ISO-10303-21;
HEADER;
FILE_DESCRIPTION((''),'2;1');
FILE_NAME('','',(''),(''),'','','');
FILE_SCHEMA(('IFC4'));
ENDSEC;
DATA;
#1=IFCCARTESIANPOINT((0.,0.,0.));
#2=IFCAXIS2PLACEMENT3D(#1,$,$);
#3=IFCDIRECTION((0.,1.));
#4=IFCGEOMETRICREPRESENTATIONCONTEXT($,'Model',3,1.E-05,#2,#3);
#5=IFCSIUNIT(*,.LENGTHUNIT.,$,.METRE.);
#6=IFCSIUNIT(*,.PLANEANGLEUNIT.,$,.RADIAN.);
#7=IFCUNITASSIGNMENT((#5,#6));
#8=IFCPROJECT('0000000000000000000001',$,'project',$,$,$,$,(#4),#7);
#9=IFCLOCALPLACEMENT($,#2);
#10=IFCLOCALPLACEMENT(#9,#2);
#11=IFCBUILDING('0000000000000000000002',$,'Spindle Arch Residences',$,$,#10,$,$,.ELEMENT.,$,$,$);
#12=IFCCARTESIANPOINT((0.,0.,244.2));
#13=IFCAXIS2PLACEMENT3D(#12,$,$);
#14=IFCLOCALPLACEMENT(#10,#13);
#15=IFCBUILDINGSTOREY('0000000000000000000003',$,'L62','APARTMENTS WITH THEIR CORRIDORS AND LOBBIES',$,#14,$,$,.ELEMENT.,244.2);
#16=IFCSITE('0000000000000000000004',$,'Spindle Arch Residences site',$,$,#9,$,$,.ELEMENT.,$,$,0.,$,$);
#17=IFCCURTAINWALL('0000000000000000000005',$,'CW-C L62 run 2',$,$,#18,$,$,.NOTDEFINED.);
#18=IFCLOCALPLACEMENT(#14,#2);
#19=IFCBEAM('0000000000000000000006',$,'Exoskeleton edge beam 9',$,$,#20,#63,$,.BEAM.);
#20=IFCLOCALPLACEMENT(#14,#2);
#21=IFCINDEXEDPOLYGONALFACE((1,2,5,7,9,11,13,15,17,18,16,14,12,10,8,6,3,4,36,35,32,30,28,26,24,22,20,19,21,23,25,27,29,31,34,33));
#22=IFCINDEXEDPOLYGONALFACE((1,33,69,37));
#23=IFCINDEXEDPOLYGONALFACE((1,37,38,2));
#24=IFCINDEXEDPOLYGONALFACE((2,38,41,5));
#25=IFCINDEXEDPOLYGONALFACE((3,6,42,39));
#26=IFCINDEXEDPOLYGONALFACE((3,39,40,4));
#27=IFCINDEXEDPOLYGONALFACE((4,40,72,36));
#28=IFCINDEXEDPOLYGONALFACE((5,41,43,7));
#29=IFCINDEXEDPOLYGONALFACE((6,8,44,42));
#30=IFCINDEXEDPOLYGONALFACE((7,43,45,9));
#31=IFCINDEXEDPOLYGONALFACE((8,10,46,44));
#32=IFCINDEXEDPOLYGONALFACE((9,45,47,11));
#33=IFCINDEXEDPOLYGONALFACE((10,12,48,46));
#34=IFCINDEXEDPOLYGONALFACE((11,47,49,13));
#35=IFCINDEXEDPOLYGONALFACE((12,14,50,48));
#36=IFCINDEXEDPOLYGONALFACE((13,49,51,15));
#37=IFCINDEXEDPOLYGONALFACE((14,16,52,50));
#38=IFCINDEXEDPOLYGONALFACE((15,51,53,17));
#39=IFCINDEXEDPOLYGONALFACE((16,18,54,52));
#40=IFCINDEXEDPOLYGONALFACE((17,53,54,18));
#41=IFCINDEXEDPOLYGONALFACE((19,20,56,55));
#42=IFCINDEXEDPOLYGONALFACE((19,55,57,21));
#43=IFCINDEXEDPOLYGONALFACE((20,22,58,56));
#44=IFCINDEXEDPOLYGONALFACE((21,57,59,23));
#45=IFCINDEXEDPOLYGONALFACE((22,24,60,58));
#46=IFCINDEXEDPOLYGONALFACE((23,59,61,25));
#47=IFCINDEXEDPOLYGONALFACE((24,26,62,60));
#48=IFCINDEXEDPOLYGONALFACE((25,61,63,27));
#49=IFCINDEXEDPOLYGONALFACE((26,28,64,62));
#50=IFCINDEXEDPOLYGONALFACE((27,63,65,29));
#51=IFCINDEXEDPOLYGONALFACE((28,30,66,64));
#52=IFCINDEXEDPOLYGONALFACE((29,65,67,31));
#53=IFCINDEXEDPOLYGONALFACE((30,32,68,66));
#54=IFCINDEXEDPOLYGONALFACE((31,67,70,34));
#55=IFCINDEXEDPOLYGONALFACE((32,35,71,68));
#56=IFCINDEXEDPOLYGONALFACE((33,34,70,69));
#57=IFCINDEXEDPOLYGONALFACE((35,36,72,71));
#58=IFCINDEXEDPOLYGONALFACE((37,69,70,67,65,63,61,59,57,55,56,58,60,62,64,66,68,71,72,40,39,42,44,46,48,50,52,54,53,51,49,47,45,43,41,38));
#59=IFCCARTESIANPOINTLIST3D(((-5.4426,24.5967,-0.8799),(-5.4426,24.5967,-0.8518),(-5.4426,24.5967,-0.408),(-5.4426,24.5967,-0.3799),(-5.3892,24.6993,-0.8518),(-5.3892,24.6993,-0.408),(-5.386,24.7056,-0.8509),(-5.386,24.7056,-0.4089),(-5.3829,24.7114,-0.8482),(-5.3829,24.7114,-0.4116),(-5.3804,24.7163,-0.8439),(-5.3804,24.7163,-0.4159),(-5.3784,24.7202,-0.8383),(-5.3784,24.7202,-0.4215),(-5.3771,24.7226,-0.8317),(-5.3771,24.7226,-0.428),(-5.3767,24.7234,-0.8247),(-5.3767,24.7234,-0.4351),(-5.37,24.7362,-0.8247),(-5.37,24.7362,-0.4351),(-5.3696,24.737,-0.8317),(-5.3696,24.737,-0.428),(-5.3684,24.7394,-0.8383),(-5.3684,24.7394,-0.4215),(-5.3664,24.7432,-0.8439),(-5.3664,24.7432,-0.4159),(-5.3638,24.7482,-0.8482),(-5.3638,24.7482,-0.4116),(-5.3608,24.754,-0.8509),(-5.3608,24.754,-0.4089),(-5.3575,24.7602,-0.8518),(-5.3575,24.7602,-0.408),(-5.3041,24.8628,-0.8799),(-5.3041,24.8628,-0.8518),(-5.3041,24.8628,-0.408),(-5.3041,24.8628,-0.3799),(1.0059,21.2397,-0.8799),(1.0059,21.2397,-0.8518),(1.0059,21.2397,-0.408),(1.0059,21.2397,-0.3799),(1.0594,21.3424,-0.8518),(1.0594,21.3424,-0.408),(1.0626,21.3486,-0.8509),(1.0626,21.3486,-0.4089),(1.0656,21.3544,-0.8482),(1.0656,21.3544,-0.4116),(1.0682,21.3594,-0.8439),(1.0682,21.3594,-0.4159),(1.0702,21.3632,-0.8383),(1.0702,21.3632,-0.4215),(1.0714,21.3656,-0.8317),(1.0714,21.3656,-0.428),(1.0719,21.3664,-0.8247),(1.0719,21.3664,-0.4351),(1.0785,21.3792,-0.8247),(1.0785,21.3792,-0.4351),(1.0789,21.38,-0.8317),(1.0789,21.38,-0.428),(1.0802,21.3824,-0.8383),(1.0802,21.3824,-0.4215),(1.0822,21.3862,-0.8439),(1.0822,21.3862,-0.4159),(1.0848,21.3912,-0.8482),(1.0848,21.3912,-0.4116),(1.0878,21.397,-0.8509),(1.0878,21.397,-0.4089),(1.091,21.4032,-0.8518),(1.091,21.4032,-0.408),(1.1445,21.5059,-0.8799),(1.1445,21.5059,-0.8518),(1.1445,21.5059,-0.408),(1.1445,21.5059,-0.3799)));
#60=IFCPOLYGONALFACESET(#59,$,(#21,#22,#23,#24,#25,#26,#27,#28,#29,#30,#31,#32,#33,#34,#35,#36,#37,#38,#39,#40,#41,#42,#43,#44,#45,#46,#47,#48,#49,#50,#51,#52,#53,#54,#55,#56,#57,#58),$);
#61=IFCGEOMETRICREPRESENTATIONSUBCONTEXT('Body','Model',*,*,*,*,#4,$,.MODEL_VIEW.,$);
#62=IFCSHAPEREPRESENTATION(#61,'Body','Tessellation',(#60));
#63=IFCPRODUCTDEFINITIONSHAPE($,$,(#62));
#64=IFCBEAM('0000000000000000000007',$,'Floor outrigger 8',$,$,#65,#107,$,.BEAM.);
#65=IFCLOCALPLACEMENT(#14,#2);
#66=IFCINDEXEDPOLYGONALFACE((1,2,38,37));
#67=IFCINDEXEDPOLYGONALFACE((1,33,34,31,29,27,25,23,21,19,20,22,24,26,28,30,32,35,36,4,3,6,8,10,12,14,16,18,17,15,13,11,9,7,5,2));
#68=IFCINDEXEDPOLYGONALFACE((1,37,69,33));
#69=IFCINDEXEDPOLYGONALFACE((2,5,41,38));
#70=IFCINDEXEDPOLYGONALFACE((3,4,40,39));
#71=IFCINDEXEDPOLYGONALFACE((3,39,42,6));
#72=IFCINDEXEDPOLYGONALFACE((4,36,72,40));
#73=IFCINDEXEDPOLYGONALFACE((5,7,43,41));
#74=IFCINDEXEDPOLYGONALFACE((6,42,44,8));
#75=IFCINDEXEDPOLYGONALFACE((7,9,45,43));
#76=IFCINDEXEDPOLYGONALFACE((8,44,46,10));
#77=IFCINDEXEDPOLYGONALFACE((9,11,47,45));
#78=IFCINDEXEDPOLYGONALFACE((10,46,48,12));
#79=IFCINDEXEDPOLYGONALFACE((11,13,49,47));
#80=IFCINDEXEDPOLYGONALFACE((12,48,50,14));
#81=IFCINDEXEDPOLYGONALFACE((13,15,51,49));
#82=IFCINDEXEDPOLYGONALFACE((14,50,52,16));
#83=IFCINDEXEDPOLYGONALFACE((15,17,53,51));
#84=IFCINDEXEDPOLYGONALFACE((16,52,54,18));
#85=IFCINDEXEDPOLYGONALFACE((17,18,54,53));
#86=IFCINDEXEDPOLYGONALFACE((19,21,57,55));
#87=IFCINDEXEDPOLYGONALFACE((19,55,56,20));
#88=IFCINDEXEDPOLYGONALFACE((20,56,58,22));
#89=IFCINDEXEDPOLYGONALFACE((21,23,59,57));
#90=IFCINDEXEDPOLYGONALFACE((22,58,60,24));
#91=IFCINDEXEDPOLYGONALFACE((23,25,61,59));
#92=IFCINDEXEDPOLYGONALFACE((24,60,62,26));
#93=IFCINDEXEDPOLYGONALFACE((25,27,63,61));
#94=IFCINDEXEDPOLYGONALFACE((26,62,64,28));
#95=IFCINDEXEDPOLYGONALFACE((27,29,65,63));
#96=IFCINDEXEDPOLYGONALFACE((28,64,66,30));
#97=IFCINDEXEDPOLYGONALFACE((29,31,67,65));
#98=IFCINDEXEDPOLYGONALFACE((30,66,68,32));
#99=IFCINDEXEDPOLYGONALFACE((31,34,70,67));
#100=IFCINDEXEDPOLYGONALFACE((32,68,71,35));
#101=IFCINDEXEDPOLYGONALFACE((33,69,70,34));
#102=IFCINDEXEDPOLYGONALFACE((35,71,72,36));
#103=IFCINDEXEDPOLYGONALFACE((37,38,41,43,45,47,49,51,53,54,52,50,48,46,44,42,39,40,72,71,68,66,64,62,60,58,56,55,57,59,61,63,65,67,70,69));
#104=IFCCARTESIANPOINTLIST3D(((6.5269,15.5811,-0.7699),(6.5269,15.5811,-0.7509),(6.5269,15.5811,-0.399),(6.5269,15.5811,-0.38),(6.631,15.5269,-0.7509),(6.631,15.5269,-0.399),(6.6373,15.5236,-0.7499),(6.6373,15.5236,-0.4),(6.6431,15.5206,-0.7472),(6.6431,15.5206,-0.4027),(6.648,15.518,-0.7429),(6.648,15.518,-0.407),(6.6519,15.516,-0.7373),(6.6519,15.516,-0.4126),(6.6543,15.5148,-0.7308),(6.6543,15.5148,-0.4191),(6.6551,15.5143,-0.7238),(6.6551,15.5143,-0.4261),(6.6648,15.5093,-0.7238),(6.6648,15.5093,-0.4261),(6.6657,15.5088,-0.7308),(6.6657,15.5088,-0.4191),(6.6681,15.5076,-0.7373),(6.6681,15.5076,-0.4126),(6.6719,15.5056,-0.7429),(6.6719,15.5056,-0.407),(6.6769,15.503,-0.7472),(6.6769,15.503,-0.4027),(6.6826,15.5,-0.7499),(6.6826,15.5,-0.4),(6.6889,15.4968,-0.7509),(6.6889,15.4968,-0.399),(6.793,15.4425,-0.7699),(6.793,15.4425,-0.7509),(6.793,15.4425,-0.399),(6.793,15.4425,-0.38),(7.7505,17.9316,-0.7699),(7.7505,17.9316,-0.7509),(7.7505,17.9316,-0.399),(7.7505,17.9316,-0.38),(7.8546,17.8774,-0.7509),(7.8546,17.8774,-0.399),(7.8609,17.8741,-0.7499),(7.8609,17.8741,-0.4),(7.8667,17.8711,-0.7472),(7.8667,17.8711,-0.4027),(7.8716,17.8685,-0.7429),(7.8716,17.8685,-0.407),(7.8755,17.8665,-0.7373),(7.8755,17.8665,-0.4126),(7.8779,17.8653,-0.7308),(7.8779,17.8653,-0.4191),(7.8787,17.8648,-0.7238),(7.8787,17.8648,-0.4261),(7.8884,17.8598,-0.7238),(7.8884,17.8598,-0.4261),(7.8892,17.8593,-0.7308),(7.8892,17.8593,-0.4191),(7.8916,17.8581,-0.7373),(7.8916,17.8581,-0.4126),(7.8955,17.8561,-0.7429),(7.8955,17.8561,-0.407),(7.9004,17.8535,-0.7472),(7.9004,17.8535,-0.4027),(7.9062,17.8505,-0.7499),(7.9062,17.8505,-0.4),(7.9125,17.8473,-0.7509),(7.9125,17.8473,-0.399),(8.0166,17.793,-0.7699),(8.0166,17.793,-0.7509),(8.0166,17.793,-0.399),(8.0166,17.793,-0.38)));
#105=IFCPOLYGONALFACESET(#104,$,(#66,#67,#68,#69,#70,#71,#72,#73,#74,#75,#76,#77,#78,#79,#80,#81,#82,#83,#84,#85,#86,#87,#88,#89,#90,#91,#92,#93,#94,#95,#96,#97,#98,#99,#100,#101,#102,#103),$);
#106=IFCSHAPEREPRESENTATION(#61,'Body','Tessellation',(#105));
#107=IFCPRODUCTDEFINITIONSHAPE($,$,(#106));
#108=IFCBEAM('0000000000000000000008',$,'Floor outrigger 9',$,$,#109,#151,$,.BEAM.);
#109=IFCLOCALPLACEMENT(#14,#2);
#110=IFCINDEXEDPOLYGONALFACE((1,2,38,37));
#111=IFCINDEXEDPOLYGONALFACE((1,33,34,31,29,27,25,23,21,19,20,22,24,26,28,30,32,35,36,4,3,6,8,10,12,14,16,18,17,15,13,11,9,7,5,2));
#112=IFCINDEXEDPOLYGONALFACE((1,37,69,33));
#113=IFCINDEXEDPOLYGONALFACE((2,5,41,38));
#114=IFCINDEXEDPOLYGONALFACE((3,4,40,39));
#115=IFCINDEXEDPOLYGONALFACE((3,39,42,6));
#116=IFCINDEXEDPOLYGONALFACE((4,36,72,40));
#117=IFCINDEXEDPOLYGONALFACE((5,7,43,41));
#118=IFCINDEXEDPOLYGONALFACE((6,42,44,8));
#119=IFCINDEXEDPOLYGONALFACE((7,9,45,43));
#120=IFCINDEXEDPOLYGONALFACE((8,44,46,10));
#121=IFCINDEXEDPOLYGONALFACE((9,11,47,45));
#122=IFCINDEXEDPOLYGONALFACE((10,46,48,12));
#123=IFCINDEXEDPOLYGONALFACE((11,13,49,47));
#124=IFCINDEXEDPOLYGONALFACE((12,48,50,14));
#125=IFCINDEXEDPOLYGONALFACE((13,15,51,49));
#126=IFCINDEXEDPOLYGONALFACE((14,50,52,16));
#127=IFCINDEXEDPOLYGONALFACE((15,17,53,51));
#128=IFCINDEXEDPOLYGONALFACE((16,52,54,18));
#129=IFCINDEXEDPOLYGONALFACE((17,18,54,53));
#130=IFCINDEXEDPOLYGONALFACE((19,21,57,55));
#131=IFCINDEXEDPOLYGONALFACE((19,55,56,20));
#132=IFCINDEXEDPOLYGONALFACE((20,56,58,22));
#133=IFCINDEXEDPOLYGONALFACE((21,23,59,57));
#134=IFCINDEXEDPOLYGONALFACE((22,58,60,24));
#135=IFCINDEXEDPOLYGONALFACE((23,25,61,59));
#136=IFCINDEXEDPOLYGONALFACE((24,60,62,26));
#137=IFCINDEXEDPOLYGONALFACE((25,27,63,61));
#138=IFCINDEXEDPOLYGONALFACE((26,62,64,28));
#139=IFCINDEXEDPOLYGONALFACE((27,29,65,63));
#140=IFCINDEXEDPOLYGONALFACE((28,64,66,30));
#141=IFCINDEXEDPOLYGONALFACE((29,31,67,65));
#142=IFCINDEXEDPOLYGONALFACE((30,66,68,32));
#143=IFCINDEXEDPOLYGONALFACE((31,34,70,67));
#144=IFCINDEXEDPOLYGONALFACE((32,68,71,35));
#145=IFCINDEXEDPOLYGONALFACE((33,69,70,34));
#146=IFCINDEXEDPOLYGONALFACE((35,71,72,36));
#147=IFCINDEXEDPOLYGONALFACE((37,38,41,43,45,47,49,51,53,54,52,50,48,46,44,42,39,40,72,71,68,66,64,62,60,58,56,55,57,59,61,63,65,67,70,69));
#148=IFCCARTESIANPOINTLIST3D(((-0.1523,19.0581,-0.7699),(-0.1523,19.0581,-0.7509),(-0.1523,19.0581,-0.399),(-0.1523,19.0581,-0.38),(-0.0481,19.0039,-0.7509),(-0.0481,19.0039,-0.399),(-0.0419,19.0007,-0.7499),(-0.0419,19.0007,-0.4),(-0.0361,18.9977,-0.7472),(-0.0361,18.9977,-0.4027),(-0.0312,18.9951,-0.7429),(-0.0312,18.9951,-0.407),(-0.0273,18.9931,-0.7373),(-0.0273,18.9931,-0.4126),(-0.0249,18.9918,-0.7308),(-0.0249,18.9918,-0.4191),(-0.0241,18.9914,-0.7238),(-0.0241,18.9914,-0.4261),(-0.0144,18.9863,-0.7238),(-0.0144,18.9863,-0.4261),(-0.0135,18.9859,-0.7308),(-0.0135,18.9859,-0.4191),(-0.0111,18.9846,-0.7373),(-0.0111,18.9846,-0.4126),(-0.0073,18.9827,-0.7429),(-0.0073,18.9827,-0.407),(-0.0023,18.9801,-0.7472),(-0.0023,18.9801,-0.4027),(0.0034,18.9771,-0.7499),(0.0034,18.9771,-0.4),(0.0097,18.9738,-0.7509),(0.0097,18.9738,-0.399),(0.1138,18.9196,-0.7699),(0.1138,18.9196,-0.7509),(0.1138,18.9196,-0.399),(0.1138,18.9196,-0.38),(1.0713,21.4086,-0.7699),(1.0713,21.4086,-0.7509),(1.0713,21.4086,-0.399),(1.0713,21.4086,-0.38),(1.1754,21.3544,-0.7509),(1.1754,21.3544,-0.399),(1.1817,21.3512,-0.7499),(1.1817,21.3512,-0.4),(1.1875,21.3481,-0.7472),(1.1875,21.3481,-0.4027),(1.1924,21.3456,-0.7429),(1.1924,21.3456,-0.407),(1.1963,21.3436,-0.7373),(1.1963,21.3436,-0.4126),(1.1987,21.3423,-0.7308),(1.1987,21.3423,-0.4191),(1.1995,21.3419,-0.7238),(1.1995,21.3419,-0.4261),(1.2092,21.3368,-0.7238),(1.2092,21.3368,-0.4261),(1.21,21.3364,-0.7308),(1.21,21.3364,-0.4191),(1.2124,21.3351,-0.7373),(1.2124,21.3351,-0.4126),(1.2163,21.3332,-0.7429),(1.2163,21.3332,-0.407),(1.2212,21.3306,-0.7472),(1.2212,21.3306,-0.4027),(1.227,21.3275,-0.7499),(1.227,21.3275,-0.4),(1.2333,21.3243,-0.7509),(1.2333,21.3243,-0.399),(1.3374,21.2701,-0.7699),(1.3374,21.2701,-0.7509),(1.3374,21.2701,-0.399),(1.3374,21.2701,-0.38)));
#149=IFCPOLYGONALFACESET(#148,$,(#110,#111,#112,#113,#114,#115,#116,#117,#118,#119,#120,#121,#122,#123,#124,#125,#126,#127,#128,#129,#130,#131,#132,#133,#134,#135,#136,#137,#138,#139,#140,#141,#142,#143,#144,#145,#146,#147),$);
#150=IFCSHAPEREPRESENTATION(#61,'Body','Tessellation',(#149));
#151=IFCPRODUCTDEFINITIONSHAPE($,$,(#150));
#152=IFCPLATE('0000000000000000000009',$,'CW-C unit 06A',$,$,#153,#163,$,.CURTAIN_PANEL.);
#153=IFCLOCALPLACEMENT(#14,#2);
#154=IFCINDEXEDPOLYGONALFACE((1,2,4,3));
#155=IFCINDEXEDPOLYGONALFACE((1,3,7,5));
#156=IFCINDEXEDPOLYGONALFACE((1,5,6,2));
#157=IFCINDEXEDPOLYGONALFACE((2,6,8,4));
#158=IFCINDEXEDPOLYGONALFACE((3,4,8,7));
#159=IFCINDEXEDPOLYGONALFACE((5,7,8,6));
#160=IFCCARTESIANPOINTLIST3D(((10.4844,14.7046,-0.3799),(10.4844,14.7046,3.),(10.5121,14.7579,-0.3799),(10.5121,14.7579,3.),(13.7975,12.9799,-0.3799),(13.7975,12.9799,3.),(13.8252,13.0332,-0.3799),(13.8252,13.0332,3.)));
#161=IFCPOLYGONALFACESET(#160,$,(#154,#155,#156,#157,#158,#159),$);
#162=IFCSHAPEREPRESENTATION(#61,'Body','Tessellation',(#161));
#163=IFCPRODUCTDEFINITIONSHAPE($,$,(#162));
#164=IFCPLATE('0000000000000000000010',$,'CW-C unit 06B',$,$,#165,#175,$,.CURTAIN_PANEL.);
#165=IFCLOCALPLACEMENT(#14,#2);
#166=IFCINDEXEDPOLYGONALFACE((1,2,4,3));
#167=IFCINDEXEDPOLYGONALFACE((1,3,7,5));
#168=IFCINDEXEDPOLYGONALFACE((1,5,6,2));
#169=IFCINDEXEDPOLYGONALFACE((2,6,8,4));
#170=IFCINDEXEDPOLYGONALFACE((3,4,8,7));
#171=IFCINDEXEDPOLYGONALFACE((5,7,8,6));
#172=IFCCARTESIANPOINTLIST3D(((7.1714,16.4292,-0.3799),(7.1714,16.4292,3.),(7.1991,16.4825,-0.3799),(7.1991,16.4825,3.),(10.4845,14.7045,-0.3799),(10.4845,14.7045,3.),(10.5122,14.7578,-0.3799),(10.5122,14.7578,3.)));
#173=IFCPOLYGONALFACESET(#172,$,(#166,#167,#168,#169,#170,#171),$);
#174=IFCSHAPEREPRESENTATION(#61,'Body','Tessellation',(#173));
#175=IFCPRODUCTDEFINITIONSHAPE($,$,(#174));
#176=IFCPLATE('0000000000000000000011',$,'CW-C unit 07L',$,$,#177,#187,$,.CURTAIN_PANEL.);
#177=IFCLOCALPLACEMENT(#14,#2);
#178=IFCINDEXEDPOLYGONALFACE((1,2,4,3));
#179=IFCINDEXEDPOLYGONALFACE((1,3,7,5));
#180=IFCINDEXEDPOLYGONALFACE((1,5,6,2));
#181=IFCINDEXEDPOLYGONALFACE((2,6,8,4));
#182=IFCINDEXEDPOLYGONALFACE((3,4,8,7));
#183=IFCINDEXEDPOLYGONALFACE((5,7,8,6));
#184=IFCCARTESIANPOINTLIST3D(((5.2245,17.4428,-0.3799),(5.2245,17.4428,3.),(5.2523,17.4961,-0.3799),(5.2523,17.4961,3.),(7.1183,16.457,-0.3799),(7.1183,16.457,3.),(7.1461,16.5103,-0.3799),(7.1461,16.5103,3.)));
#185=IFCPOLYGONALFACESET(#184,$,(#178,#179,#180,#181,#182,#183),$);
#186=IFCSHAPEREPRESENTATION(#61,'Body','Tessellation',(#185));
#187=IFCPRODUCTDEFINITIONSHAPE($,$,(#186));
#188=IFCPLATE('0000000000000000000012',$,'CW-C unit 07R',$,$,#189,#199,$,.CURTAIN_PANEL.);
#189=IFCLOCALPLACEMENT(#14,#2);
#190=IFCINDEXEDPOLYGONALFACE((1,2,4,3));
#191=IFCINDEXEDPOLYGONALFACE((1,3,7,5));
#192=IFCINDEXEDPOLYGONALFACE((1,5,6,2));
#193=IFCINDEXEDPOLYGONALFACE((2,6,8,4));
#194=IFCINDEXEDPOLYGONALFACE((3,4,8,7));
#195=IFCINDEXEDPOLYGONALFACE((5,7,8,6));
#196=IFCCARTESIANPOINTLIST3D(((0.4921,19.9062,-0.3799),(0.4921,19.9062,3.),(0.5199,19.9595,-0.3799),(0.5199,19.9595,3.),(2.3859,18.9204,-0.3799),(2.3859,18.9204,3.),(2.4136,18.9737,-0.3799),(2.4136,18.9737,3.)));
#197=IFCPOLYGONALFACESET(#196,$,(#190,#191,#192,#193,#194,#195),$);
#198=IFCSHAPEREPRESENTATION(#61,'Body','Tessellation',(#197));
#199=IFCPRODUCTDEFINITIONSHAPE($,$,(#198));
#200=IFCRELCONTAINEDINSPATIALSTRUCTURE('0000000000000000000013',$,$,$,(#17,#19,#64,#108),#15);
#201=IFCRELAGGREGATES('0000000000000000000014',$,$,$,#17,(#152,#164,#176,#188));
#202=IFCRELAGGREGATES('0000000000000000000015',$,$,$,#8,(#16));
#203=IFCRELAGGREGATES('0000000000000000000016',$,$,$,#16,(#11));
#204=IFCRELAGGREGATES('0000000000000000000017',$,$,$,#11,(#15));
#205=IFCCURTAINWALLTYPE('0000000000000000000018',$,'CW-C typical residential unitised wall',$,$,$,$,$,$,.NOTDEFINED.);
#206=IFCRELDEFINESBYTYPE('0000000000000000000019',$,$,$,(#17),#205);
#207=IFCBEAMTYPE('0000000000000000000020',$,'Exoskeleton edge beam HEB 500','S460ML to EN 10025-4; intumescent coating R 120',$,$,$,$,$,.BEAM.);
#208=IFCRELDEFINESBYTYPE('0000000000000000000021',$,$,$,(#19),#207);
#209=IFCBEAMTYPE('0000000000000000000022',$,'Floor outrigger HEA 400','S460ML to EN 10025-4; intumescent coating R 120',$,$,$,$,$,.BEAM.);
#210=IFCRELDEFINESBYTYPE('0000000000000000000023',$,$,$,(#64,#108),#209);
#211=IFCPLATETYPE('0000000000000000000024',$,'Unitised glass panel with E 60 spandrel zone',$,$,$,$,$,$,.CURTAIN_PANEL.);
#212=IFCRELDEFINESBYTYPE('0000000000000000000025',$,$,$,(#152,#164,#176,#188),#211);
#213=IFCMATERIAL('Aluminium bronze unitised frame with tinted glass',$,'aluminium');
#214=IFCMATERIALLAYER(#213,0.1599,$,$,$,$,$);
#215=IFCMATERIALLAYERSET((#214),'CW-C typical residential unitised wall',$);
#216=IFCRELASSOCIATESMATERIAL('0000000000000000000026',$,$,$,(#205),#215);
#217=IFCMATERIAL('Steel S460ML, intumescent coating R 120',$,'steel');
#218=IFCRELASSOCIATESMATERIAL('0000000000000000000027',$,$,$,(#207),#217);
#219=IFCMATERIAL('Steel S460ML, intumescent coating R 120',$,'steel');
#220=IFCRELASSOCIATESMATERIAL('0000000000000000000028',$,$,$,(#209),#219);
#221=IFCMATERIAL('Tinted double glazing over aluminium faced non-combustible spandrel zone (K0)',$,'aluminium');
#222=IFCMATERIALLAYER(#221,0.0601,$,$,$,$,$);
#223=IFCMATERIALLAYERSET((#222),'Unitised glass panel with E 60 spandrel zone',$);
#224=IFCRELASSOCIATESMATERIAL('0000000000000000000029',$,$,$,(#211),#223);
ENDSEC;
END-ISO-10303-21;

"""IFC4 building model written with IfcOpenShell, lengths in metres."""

from ifc_helpers import new_model, si_unit, direction, frame, origin, origin_2d, place, context, subcontext, project, spatial, rectangle, i_section, extrude, material, layer, layer_set, material_profile, profile_set, type_object, element, aggregate, save


model = new_model("IFC4")

# Units and contexts
model_context = context("Model", 3, precision=1e-05, world=origin(), true_north=direction((0.0, 1.0)))
body_context = subcontext(model_context, "Body", "Model", "MODEL_VIEW")
ifc_project = project(units=[si_unit("LENGTHUNIT", "METRE"), si_unit("PLANEANGLEUNIT", "RADIAN")], contexts=[model_context])

# Site, building, storey
site_placement = place(None, origin())
site = spatial("IfcSite", under=ifc_project, at=site_placement, Name="Spindle Arch Residences site", CompositionType="ELEMENT", RefElevation=0.0)
building_placement = place(site_placement, origin())
building = spatial("IfcBuilding", under=site, at=building_placement, Name="Spindle Arch Residences", CompositionType="ELEMENT")
storey_placement = place(building_placement, frame((0.0, 0.0, 244.2)))
storey = spatial("IfcBuildingStorey", under=building, at=storey_placement, Name="L62", Description="APARTMENTS WITH THEIR CORRIDORS AND LOBBIES", CompositionType="ELEMENT", Elevation=244.2)

# Curtain wall
ifc_material_1 = material(Name="Aluminium bronze unitised frame with tinted glass", Category="aluminium")
ifc_layer_1 = layer(ifc_material_1, 0.1599)
ifc_layer_set_1 = layer_set([ifc_layer_1], Name="CW-C typical residential unitised wall")
curtain_wall_type = type_object("IfcCurtainWallType", Name="CW-C typical residential unitised wall", PredefinedType="NOTDEFINED", material=ifc_layer_set_1)
curtain_wall_placement = place(storey_placement, origin())
curtain_wall = element("IfcCurtainWall", 1, at=curtain_wall_placement, inside=storey, type_object=curtain_wall_type, Name="CW-C L62 run 2", PredefinedType="NOTDEFINED")

# Beams
ifc_material_2 = material(Name="Steel S460ML, intumescent coating R 120", Category="steel")
ifc_material_profile_1 = material_profile(ifc_material_2, i_section(OverallWidth=0.3, OverallDepth=0.5, WebThickness=0.0144, FlangeThickness=0.0281, FilletRadius=0.0271, at=origin_2d()), Name="HEB 500")
ifc_profile_set_1 = profile_set([ifc_material_profile_1], Name="Steel S460ML, intumescent coating R 120")
beam_type_1 = type_object("IfcBeamType", Name="Exoskeleton edge beam HEB 500", Description="S460ML to EN 10025-4; intumescent coating R 120", PredefinedType="BEAM", material=ifc_profile_set_1)
for number, where, z_axis, x_axis, name in (
    (2, (1.0752, 21.3728, -0.6299), (-0.887007, 0.461756, 0.0), (-0.461756, -0.887007, 0.0), "Exoskeleton edge beam 9"),
):
    element("IfcBeam", number, at=place(storey_placement, frame(where, z_axis=z_axis, x_axis=x_axis)), inside=storey, type_object=beam_type_1, Name=name, PredefinedType="BEAM", context=body_context, shape_type="SweptSolid", body=[
        extrude(i_section(OverallWidth=0.3, OverallDepth=0.5, WebThickness=0.0144, FlangeThickness=0.0281, FilletRadius=0.0271, at=origin_2d()), origin(), (0.0, 0.0, 1.0), 7.27),
    ])
ifc_material_3 = material(Name="Steel S460ML, intumescent coating R 120", Category="steel")
ifc_material_profile_2 = material_profile(ifc_material_3, i_section(OverallWidth=0.3, OverallDepth=0.3899, WebThickness=0.011, FlangeThickness=0.019, FilletRadius=0.0271, at=origin_2d()), Name="HEA 400")
ifc_profile_set_2 = profile_set([ifc_material_profile_2], Name="Steel S460ML, intumescent coating R 120")
beam_type_2 = type_object("IfcBeamType", Name="Floor outrigger HEA 400", Description="S460ML to EN 10025-4; intumescent coating R 120", PredefinedType="BEAM", material=ifc_profile_set_2)
for number, where, z_axis, x_axis, name in (
    (3, (7.8835, 17.8623, -0.575), (-0.461747, -0.887012, 0.0), (0.887012, -0.461747, 0.0), "Floor outrigger 8"),
    (4, (1.2043, 21.3394, -0.575), (-0.461747, -0.887012, 0.0), (0.887012, -0.461747, 0.0), "Floor outrigger 9"),
):
    element("IfcBeam", number, at=place(storey_placement, frame(where, z_axis=z_axis, x_axis=x_axis)), inside=storey, type_object=beam_type_2, Name=name, PredefinedType="BEAM", context=body_context, shape_type="SweptSolid", body=[
        extrude(i_section(OverallWidth=0.3, OverallDepth=0.3899, WebThickness=0.011, FlangeThickness=0.019, FilletRadius=0.0271, at=origin_2d()), origin(), (0.0, 0.0, 1.0), 2.6499),
    ])

# Plates
ifc_material_4 = material(Name="Tinted double glazing over aluminium faced non-combustible spandrel zone (K0)", Category="aluminium")
ifc_layer_2 = layer(ifc_material_4, 0.0601)
ifc_layer_set_2 = layer_set([ifc_layer_2], Name="Unitised glass panel with E 60 spandrel zone")
plate_type = type_object("IfcPlateType", Name="Unitised glass panel with E 60 spandrel zone", PredefinedType="CURTAIN_PANEL", material=ifc_layer_set_2)
plate_1_placement = place(storey_placement, frame((12.1548, 13.8689, -0.3799), z_axis=(0.0, 0.0, 1.0), x_axis=(-0.887011, 0.461749, 0.0)))
plate_1 = element("IfcPlate", 5, at=plate_1_placement, type_object=plate_type, Name="CW-C unit 06A", PredefinedType="CURTAIN_PANEL", context=body_context, shape_type="SweptSolid", body=[
    extrude(rectangle(XDim=3.7351, YDim=0.0601, at=origin_2d()), origin(), (0.0, 0.0, 1.0), 3.3799),
])
plate_2_placement = place(storey_placement, frame((8.8418, 15.5935, -0.3799), z_axis=(0.0, 0.0, 1.0), x_axis=(-0.887011, 0.461749, 0.0)))
plate_2 = element("IfcPlate", 6, at=plate_2_placement, type_object=plate_type, Name="CW-C unit 06B", PredefinedType="CURTAIN_PANEL", context=body_context, shape_type="SweptSolid", body=[
    extrude(rectangle(XDim=3.7351, YDim=0.0601, at=origin_2d()), origin(), (0.0, 0.0, 1.0), 3.3799),
])
plate_3_placement = place(storey_placement, frame((6.1853, 16.9766, -0.3799), z_axis=(0.0, 0.0, 1.0), x_axis=(-0.887011, 0.461749, 0.0)))
plate_3 = element("IfcPlate", 7, at=plate_3_placement, type_object=plate_type, Name="CW-C unit 07L", PredefinedType="CURTAIN_PANEL", context=body_context, shape_type="SweptSolid", body=[
    extrude(rectangle(XDim=2.135, YDim=0.0601, at=origin_2d()), origin(), (0.0, 0.0, 1.0), 3.3799),
])
plate_4_placement = place(storey_placement, frame((1.4529, 19.4399, -0.3799), z_axis=(0.0, 0.0, 1.0), x_axis=(-0.887011, 0.461749, 0.0)))
plate_4 = element("IfcPlate", 8, at=plate_4_placement, type_object=plate_type, Name="CW-C unit 07R", PredefinedType="CURTAIN_PANEL", context=body_context, shape_type="SweptSolid", body=[
    extrude(rectangle(XDim=2.135, YDim=0.0601, at=origin_2d()), origin(), (0.0, 0.0, 1.0), 3.3799),
])
aggregate(curtain_wall, [plate_1, plate_2, plate_3, plate_4])

save(model, "model.ifc")
